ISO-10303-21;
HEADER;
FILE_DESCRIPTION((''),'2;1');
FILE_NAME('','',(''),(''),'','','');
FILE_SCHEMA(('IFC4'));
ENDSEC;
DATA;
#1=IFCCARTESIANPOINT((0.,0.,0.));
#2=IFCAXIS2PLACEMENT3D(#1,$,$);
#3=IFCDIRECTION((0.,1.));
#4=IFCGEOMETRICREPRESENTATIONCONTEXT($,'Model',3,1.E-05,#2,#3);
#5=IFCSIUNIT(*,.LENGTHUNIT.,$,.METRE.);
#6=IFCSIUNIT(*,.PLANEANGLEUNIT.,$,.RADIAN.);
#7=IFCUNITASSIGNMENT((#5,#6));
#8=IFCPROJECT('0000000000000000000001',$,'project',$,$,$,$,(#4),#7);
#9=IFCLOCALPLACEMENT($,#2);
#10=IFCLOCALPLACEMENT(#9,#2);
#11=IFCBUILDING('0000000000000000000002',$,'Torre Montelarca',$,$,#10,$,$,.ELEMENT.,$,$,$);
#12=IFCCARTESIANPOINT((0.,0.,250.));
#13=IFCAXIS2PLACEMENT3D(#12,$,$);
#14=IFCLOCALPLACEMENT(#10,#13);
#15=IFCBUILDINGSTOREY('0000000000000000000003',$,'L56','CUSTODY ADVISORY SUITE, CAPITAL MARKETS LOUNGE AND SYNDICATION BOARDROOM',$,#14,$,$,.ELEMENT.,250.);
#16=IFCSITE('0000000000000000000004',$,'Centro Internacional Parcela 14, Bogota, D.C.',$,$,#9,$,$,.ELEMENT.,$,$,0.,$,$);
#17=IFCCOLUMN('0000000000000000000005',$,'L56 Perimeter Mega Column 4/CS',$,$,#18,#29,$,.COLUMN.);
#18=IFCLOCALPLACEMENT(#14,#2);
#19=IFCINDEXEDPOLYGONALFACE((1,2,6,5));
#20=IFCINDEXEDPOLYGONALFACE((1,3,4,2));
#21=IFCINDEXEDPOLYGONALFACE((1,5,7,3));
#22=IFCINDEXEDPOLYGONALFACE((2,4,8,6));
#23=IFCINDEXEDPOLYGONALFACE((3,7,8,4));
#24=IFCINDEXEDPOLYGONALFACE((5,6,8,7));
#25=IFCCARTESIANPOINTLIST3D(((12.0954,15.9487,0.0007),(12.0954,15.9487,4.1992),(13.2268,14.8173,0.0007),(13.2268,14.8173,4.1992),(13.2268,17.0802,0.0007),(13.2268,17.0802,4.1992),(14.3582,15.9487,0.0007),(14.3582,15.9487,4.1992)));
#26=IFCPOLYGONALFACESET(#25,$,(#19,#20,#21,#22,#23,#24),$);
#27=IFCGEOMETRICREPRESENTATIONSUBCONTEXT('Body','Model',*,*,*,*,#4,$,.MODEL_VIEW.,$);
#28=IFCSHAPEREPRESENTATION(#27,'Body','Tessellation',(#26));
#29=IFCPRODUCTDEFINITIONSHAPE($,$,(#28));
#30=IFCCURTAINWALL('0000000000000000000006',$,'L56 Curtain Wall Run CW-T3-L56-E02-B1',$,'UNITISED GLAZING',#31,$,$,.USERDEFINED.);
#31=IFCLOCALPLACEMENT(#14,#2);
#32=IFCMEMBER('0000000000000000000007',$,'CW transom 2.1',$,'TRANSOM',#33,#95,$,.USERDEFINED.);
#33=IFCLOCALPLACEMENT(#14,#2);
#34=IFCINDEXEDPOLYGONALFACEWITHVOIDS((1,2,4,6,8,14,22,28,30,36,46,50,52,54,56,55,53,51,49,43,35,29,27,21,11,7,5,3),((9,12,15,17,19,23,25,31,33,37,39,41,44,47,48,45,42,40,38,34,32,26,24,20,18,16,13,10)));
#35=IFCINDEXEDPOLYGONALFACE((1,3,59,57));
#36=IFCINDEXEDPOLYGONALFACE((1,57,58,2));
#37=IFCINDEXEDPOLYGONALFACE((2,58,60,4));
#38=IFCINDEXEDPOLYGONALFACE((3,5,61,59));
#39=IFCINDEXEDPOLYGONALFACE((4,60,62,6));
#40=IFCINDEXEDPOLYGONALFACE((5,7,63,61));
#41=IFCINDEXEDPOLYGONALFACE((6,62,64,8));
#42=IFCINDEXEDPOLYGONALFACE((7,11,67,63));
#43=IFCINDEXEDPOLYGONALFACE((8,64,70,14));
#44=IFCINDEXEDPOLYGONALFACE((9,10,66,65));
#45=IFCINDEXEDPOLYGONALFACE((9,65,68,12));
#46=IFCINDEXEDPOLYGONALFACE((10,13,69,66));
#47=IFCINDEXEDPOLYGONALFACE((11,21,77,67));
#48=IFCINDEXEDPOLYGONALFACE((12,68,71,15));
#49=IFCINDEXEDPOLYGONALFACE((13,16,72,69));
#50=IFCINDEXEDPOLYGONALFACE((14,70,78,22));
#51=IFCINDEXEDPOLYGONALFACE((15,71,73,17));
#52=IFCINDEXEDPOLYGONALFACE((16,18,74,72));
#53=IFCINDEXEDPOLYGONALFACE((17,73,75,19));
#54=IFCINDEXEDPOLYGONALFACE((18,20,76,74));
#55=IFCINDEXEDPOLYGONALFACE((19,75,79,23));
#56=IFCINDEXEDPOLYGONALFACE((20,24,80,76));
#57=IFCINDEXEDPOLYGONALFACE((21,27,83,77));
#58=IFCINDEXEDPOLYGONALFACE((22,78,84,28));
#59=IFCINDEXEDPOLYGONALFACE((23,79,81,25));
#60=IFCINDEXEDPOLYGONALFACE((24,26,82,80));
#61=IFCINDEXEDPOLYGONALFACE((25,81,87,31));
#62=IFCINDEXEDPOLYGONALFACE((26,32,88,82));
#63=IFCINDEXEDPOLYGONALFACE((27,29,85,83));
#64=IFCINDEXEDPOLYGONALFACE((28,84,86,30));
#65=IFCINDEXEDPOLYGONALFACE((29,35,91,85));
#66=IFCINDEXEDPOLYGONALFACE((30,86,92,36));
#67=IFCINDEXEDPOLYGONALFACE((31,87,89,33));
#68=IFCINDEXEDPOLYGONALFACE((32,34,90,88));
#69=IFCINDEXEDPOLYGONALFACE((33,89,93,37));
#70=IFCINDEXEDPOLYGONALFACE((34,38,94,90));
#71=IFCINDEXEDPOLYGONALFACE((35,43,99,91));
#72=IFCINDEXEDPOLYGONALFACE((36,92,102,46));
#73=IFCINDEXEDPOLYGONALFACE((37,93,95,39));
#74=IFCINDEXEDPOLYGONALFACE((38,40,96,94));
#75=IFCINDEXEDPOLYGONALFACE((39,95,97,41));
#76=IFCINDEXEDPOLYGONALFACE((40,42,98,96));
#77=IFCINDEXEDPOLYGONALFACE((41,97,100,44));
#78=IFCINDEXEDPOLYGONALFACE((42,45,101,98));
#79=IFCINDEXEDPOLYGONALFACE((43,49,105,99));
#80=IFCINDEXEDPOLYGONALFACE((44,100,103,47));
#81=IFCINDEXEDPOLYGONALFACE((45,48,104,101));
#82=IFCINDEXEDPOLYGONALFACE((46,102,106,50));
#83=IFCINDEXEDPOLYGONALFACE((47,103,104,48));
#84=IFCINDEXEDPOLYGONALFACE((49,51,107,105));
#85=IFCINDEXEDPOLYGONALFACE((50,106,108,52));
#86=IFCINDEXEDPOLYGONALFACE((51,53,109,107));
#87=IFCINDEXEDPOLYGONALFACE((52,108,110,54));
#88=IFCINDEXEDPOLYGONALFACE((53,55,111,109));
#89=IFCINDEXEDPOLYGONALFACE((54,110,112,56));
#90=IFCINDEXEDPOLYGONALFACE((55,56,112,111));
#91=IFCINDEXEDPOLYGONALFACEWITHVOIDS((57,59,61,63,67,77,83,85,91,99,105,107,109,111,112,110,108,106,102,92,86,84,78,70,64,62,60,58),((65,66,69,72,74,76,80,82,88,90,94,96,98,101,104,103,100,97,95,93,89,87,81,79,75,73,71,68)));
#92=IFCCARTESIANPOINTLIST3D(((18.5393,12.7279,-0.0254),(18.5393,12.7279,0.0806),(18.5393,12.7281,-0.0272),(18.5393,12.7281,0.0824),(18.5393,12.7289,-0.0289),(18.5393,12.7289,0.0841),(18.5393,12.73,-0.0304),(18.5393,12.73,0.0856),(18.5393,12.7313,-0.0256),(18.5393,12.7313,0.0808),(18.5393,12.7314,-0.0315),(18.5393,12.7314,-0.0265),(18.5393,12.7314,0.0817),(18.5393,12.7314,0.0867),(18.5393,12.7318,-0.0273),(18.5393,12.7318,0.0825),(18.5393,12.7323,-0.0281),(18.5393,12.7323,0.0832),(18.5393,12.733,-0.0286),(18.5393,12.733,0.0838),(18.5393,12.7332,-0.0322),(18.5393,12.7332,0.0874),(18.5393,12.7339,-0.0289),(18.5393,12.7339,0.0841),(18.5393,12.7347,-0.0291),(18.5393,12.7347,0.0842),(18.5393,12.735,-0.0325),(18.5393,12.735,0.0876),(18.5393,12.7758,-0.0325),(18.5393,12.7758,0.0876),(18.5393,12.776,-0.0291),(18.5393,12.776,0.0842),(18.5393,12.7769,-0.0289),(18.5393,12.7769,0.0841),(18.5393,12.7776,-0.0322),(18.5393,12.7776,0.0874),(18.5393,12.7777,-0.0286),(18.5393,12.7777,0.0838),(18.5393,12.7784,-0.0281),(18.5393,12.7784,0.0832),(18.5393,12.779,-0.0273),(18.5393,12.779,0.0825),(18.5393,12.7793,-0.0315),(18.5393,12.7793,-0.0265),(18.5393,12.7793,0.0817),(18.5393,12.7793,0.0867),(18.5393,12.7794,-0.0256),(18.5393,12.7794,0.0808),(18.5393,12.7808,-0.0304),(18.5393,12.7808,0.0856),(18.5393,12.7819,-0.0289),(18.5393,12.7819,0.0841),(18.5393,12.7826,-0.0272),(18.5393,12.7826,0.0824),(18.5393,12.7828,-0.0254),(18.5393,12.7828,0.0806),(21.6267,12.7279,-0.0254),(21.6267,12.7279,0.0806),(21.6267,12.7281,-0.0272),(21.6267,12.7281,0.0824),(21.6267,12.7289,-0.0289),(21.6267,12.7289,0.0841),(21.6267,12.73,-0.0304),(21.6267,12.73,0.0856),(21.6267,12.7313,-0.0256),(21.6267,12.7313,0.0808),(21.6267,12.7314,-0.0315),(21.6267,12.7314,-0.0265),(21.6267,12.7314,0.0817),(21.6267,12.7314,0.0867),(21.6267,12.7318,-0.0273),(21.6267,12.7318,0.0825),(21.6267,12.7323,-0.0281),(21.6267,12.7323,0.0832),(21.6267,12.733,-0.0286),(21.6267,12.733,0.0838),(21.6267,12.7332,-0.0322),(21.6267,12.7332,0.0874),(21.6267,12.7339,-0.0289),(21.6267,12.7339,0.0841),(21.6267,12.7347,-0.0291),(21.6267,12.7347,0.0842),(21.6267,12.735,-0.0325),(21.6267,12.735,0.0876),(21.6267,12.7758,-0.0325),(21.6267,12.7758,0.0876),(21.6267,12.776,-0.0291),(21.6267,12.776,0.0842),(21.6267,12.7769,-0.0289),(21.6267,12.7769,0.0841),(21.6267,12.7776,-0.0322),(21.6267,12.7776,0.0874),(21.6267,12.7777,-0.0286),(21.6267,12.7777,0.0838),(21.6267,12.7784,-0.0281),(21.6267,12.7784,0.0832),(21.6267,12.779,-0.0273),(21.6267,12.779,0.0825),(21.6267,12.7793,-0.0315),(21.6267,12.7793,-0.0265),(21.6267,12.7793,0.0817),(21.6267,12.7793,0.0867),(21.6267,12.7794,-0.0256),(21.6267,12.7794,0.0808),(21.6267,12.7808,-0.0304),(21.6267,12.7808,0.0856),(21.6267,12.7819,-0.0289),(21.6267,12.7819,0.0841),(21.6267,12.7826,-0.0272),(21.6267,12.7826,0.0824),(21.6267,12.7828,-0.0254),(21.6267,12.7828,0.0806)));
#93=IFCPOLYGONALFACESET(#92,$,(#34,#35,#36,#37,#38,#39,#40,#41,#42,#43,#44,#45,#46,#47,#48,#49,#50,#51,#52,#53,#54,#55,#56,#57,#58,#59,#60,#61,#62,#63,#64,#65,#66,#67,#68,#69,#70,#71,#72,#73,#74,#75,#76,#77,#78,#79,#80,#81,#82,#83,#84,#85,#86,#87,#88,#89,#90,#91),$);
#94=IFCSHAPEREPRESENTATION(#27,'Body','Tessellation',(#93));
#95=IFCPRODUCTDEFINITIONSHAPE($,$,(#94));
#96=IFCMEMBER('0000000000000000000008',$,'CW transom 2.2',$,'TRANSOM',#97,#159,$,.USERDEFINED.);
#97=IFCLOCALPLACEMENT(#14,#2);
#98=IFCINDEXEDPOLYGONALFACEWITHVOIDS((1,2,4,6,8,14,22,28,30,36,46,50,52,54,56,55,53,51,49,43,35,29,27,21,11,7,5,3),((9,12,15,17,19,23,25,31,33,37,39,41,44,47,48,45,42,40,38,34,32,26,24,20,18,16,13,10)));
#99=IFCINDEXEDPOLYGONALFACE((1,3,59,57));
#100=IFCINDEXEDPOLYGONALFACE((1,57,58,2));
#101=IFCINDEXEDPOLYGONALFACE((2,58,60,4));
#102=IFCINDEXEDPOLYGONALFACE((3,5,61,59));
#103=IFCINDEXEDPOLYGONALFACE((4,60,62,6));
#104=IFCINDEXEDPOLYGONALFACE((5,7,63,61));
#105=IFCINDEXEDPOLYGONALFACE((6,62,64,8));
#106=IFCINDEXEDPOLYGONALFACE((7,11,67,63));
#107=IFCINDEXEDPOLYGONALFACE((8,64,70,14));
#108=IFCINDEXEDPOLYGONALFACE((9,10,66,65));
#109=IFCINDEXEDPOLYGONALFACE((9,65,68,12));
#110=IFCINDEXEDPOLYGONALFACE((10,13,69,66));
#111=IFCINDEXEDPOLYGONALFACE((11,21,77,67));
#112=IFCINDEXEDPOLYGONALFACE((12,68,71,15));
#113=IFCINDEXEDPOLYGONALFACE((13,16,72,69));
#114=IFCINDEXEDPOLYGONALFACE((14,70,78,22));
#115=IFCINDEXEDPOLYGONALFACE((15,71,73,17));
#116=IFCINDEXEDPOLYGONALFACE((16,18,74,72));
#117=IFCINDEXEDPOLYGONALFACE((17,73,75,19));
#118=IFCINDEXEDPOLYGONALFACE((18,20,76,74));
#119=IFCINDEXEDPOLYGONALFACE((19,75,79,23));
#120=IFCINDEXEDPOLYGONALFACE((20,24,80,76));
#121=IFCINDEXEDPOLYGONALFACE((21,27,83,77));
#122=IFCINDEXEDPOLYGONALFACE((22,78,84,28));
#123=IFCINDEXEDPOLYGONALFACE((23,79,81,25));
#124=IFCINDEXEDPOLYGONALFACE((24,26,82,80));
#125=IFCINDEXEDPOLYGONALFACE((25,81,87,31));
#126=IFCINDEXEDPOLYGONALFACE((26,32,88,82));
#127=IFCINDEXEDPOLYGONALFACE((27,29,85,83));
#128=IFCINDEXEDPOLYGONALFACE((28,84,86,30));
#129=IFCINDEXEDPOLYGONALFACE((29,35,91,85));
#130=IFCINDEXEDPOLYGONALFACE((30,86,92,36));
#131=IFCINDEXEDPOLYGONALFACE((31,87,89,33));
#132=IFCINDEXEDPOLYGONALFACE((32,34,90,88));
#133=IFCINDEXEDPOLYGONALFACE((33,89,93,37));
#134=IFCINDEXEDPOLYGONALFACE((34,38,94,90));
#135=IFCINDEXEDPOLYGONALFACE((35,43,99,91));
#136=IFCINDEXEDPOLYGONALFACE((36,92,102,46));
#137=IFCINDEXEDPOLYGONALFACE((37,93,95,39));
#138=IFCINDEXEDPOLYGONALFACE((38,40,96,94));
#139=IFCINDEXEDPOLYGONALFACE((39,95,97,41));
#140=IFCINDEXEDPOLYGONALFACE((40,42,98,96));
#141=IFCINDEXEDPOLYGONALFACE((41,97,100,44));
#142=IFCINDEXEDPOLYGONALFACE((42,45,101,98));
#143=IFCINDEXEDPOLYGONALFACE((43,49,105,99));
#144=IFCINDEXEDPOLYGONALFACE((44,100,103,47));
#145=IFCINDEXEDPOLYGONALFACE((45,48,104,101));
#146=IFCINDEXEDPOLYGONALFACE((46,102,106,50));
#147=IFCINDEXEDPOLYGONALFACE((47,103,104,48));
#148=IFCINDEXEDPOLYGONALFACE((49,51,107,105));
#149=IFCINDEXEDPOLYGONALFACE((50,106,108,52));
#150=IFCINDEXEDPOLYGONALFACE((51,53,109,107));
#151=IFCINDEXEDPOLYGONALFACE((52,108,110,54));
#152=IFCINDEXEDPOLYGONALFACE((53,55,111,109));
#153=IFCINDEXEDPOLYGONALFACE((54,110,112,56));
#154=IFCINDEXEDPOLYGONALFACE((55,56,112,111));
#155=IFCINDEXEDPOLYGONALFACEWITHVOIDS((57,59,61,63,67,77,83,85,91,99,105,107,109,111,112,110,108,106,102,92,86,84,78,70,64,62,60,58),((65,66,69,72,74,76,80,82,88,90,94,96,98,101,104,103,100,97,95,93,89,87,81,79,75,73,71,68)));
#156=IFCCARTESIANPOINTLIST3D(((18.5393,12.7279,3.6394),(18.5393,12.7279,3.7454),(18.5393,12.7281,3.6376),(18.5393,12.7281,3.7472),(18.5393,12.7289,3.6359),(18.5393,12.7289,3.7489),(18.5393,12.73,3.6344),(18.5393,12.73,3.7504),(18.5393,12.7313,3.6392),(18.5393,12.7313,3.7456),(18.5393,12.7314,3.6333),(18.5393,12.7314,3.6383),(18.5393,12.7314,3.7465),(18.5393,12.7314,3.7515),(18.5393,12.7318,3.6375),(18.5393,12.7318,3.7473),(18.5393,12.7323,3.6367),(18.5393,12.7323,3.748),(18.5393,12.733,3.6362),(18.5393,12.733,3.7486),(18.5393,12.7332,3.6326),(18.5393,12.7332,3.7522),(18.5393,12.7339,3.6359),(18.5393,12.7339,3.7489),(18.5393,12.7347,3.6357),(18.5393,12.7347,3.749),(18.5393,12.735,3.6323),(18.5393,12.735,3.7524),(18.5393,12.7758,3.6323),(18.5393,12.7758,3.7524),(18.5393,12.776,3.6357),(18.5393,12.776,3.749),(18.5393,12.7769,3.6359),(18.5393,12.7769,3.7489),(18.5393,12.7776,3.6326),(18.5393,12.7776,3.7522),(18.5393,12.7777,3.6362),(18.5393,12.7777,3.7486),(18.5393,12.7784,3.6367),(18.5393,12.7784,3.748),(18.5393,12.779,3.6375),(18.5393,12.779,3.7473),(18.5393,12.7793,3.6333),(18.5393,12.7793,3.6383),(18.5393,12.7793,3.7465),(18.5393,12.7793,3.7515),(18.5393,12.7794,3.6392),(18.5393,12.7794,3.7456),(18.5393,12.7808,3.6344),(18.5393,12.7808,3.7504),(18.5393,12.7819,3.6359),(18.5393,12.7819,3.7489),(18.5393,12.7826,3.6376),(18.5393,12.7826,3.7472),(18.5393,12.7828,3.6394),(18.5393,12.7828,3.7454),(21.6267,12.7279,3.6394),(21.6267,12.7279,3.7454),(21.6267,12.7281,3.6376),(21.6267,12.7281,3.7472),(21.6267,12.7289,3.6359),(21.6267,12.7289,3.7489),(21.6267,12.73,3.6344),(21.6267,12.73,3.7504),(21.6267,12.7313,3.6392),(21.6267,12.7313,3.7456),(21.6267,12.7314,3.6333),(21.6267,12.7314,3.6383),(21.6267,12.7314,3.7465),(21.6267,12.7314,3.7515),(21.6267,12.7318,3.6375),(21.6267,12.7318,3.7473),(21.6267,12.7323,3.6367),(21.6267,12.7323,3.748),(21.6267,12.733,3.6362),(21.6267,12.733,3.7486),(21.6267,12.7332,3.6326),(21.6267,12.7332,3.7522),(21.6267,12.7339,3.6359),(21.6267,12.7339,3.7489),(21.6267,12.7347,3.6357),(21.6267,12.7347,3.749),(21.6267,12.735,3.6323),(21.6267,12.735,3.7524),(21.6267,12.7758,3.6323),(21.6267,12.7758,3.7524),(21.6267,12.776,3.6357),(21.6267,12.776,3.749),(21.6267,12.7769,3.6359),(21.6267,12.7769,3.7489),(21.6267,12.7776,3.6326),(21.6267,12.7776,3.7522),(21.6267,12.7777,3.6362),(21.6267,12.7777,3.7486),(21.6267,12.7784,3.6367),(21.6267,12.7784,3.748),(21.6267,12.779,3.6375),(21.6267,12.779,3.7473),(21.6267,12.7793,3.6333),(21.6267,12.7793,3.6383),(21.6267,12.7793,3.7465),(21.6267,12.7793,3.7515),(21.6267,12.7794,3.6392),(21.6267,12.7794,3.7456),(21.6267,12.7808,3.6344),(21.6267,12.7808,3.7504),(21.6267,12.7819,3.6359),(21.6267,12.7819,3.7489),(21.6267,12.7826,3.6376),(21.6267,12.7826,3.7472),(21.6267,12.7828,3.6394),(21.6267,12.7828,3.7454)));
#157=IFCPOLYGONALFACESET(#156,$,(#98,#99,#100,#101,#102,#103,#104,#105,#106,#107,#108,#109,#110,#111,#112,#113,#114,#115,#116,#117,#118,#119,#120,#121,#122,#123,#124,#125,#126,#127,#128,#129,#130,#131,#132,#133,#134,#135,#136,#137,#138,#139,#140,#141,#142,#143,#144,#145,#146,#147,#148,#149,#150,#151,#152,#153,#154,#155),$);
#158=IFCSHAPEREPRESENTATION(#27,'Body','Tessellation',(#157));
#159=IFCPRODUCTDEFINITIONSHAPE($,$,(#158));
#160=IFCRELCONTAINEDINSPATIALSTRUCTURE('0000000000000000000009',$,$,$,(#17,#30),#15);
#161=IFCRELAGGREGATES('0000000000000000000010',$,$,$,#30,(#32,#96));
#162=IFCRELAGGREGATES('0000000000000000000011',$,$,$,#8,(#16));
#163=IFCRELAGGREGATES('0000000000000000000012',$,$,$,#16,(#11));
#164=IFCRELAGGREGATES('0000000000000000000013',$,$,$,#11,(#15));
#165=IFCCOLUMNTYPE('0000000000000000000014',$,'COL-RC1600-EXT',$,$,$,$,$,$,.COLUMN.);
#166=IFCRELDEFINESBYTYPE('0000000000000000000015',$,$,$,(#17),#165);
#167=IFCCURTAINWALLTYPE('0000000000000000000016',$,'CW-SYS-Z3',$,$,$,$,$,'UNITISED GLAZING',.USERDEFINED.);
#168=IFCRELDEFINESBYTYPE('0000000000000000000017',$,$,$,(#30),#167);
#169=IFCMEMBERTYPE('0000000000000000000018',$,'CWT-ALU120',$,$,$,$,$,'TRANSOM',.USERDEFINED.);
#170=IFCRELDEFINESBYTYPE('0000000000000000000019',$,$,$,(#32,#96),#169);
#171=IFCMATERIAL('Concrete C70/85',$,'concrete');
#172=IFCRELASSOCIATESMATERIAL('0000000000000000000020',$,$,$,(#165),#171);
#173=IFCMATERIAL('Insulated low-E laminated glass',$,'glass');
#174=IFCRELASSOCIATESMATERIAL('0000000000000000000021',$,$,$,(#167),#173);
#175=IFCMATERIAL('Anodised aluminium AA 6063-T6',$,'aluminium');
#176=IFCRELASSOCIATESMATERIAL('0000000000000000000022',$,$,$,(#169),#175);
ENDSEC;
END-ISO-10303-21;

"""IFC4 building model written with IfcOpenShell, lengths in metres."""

from ifc_helpers import new_model, si_unit, direction, frame, origin, origin_2d, place, context, subcontext, project, spatial, rectangle, hollow_rectangle, extrude, source, transform, mapped, material, material_profile, profile_set, type_object, element, aggregate, save


model = new_model("IFC4")

# Units and contexts
model_context = context("Model", 3, precision=1e-05, world=origin(), true_north=direction((0.0, 1.0)))
body_context = subcontext(model_context, "Body", "Model", "MODEL_VIEW")
ifc_project = project(units=[si_unit("LENGTHUNIT", "METRE"), si_unit("PLANEANGLEUNIT", "RADIAN")], contexts=[model_context])

# Site, building, storey
site_placement = place(None, origin())
site = spatial("IfcSite", under=ifc_project, at=site_placement, Name="Centro Internacional Parcela 14, Bogota, D.C.", CompositionType="ELEMENT", RefElevation=0.0)
building_placement = place(site_placement, origin())
building = spatial("IfcBuilding", under=site, at=building_placement, Name="Torre Montelarca", CompositionType="ELEMENT")
storey_placement = place(building_placement, frame((0.0, 0.0, 250.0)))
storey = spatial("IfcBuildingStorey", under=building, at=storey_placement, Name="L56", Description="CUSTODY ADVISORY SUITE, CAPITAL MARKETS LOUNGE AND SYNDICATION BOARDROOM", CompositionType="ELEMENT", Elevation=250.0)

# Column
ifc_material_1 = material(Name="Concrete C70/85", Category="concrete")
ifc_material_profile_1 = material_profile(ifc_material_1, rectangle(XDim=1.6001, YDim=1.6001, at=origin_2d()), Name="RC1600X1600", Category="concrete")
ifc_profile_set_1 = profile_set([ifc_material_profile_1], Name="Concrete C70/85")
column_type = type_object("IfcColumnType", Name="COL-RC1600-EXT", PredefinedType="COLUMN", material=ifc_profile_set_1)
shared_shape_1 = source(origin(), body_context, "Body", "SweptSolid", [
    extrude(rectangle(XDim=1.6001, YDim=1.6001, at=origin_2d()), origin(), (0.0, 0.0, 1.0), 4.1985),
])
column_placement = place(storey_placement, frame((13.2268, 15.9487, 0.0007), z_axis=(0.0, 0.0, 1.0), x_axis=(-0.707107, 0.707107, 0.0)))
element("IfcColumn", 1, at=column_placement, inside=storey, type_object=column_type, Name="L56 Perimeter Mega Column 4/CS", PredefinedType="COLUMN", context=body_context, shape_type="MappedRepresentation", body=[
    mapped(shared_shape_1, transform((0.0, 0.0, 0.0), scale=1.0)),
])

# Curtain wall, members
ifc_material_2 = material(Name="Insulated low-E laminated glass", Category="glass")
curtain_wall_type = type_object("IfcCurtainWallType", Name="CW-SYS-Z3", ElementType="UNITISED GLAZING", PredefinedType="USERDEFINED", material=ifc_material_2)
curtain_wall_1_placement = place(storey_placement, origin())
curtain_wall_1 = element("IfcCurtainWall", 2, at=curtain_wall_1_placement, inside=storey, type_object=curtain_wall_type, Name="L56 Curtain Wall Run CW-T3-L56-E02-B1", ObjectType="UNITISED GLAZING", PredefinedType="USERDEFINED")
ifc_material_3 = material(Name="Anodised aluminium AA 6063-T6", Category="aluminium")
ifc_material_profile_2 = material_profile(ifc_material_3, hollow_rectangle(XDim=0.0549, YDim=0.1201, WallThickness=0.0034, InnerFilletRadius=0.0034, OuterFilletRadius=0.0071, at=origin_2d()), Name="ALU55X120X3.5", Category="aluminium")
ifc_profile_set_2 = profile_set([ifc_material_profile_2], Name="Anodised aluminium AA 6063-T6")
member_type_1 = type_object("IfcMemberType", Name="CWT-ALU120", ElementType="TRANSOM", PredefinedType="USERDEFINED", material=ifc_profile_set_2)
shared_shape_2 = source(origin(), body_context, "Body", "SweptSolid", [
    extrude(hollow_rectangle(XDim=0.0549, YDim=0.1201, WallThickness=0.0034, InnerFilletRadius=0.0034, OuterFilletRadius=0.0071, at=origin_2d()), origin(), (0.0, 0.0, 1.0), 3.0874),
])
member_1_placement = place(storey_placement, frame((18.5393, 12.7554, 0.0276), z_axis=(1.0, 0.0, 0.0), x_axis=(0.0, 1.0, 0.0)))
member_1 = element("IfcMember", 3, at=member_1_placement, type_object=member_type_1, Name="CW transom 2.1", ObjectType="TRANSOM", PredefinedType="USERDEFINED", context=body_context, shape_type="MappedRepresentation", body=[
    mapped(shared_shape_2, transform((0.0, 0.0, 0.0), scale=1.0)),
])
member_2_placement = place(storey_placement, frame((18.5393, 12.7554, 3.6924), z_axis=(1.0, 0.0, 0.0), x_axis=(0.0, 1.0, 0.0)))
member_2 = element("IfcMember", 4, at=member_2_placement, type_object=member_type_1, Name="CW transom 2.2", ObjectType="TRANSOM", PredefinedType="USERDEFINED", context=body_context, shape_type="MappedRepresentation", body=[
    mapped(shared_shape_2, transform((0.0, 0.0, 0.0), scale=1.0)),
])

aggregate(curtain_wall_1, [member_1, member_2])

save(model, "model.ifc")
